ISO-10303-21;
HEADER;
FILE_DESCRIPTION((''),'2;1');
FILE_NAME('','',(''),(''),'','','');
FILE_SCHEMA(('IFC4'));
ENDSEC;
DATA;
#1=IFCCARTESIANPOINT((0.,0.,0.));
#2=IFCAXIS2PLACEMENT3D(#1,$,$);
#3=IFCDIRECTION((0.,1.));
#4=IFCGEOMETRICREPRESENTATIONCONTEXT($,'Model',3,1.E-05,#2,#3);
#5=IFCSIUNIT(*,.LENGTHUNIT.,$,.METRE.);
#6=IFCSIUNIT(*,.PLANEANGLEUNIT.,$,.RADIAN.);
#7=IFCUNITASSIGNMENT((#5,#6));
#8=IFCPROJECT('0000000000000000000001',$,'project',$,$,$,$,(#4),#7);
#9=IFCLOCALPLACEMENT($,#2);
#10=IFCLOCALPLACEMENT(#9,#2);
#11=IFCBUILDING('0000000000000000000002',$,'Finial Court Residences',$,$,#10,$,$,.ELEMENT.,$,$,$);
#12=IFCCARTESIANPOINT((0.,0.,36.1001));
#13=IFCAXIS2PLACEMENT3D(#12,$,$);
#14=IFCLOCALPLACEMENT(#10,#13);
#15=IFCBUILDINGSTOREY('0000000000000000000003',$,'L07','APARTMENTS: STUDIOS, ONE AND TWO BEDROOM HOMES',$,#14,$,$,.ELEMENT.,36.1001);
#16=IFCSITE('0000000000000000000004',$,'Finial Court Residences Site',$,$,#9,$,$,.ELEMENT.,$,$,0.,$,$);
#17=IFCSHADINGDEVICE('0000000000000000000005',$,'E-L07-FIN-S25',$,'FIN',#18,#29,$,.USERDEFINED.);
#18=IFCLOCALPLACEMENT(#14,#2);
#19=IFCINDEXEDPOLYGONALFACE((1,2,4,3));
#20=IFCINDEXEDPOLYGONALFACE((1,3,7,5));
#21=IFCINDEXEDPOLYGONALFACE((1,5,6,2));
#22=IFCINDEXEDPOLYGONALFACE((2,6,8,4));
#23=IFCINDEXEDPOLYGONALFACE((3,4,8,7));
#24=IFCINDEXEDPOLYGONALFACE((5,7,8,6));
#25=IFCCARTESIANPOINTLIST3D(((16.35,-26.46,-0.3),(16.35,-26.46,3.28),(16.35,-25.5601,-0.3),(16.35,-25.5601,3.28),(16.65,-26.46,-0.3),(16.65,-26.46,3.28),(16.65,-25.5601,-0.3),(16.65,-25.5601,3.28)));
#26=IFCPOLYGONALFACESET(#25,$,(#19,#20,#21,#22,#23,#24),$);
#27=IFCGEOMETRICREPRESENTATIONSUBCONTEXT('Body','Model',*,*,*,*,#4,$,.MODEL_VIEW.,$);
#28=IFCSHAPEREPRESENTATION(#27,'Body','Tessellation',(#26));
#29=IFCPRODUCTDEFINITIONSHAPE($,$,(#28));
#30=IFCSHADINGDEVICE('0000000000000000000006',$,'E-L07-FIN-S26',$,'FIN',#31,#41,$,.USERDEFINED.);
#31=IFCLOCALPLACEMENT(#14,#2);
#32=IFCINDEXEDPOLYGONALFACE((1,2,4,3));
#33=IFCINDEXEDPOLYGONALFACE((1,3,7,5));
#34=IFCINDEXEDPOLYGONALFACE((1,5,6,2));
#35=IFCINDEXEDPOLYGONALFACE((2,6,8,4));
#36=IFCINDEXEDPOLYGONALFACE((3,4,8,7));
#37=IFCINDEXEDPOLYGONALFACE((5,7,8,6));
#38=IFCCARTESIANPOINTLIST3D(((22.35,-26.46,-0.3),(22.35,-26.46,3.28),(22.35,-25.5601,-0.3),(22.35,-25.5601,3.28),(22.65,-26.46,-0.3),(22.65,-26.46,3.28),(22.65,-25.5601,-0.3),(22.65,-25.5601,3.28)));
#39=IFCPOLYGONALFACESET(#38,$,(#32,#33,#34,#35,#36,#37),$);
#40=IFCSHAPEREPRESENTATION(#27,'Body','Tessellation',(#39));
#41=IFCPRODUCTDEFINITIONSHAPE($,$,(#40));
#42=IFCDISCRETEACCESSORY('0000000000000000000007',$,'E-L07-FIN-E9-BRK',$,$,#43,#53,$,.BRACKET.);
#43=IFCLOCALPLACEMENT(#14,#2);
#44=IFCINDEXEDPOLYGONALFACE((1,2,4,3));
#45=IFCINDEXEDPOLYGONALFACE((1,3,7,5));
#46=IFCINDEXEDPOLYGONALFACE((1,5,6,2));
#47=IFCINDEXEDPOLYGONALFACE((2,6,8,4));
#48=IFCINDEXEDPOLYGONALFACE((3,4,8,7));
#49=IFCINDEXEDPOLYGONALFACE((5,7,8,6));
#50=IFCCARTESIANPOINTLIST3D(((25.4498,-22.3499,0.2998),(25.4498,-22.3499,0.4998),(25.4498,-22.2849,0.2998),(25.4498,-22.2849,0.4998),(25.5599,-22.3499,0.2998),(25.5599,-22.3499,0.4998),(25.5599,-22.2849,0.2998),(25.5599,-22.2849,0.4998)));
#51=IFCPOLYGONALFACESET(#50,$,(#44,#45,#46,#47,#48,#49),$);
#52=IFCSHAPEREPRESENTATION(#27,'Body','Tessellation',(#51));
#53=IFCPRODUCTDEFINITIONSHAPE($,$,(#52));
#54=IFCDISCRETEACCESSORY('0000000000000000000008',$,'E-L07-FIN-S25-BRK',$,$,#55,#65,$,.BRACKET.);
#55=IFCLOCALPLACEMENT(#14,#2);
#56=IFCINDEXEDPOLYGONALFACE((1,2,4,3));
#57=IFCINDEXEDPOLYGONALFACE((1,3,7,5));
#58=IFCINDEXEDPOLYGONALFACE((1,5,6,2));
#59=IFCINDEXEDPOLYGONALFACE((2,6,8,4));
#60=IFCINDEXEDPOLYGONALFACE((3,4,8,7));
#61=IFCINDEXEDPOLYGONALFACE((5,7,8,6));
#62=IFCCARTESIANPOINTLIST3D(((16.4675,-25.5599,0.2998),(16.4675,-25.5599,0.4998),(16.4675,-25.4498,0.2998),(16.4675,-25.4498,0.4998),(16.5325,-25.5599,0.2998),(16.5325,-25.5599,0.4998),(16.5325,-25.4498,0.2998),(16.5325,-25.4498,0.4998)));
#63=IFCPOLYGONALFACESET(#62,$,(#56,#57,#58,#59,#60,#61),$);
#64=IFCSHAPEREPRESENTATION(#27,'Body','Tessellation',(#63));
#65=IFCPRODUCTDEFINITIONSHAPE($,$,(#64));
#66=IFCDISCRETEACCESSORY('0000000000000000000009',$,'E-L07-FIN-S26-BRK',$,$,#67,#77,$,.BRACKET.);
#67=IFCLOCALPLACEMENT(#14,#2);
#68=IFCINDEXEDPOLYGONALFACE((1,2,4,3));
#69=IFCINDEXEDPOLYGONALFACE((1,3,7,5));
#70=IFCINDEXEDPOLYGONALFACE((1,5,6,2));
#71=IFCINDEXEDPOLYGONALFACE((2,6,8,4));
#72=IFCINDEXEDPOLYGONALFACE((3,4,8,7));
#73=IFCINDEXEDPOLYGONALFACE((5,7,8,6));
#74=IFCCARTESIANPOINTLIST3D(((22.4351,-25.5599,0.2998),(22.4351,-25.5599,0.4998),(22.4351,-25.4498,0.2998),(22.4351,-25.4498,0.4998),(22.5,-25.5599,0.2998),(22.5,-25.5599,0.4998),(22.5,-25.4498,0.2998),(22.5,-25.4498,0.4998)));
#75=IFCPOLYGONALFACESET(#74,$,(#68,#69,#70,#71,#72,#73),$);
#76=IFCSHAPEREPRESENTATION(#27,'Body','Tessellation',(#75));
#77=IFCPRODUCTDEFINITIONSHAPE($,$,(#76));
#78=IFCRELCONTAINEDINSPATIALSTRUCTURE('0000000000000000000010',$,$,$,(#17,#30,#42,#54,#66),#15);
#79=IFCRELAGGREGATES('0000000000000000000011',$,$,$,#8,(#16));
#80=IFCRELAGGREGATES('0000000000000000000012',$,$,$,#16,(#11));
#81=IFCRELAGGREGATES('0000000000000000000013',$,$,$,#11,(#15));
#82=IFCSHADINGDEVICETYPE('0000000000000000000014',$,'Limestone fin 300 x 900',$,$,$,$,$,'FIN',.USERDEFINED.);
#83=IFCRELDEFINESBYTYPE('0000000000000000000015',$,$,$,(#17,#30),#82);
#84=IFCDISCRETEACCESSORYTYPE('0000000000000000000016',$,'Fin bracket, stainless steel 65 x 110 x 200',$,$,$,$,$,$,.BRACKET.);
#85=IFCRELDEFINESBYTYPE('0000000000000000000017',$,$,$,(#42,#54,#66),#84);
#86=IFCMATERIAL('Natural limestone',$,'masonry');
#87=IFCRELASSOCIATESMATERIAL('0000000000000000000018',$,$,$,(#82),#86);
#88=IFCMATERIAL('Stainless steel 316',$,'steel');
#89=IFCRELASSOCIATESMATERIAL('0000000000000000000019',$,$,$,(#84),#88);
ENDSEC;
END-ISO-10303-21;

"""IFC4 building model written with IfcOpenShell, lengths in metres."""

from ifc_helpers import new_model, si_unit, direction, frame, origin, origin_2d, place, context, subcontext, project, spatial, rectangle, extrude, material, type_object, element, save


model = new_model("IFC4")

# Units and contexts
model_context = context("Model", 3, precision=1e-05, world=origin(), true_north=direction((0.0, 1.0)))
body_context = subcontext(model_context, "Body", "Model", "MODEL_VIEW")
ifc_project = project(units=[si_unit("LENGTHUNIT", "METRE"), si_unit("PLANEANGLEUNIT", "RADIAN")], contexts=[model_context])

# Site, building, storey
site_placement = place(None, origin())
site = spatial("IfcSite", under=ifc_project, at=site_placement, Name="Finial Court Residences Site", CompositionType="ELEMENT", RefElevation=0.0)
building_placement = place(site_placement, origin())
building = spatial("IfcBuilding", under=site, at=building_placement, Name="Finial Court Residences", CompositionType="ELEMENT")
storey_placement = place(building_placement, frame((0.0, 0.0, 36.1001)))
storey = spatial("IfcBuildingStorey", under=building, at=storey_placement, Name="L07", Description="APARTMENTS: STUDIOS, ONE AND TWO BEDROOM HOMES", CompositionType="ELEMENT", Elevation=36.1001)

# Shared definitions
ifc_material_1 = material(Name="Natural limestone", Category="masonry")

# Shading devices
shading_device_type = type_object("IfcShadingDeviceType", Name="Limestone fin 300 x 900", ElementType="FIN", PredefinedType="USERDEFINED", material=ifc_material_1)
for number, where, z_axis, x_axis, name in (
    (1, (16.5, -26.01, -0.3), (0.0, 0.0, 1.0), (1.0, 0.0, 0.0), "E-L07-FIN-S25"),
    (2, (22.5, -26.01, -0.3), (0.0, 0.0, 1.0), (1.0, 0.0, 0.0), "E-L07-FIN-S26"),
):
    element("IfcShadingDevice", number, at=place(storey_placement, frame(where, z_axis=z_axis, x_axis=x_axis)), inside=storey, type_object=shading_device_type, Name=name, ObjectType="FIN", PredefinedType="USERDEFINED", context=body_context, shape_type="SweptSolid", body=[
        extrude(rectangle(XDim=0.3, YDim=0.8999, at=origin_2d()), origin(), (0.0, 0.0, 1.0), 3.5801),
    ])

# Discrete accessories
ifc_material_2 = material(Name="Stainless steel 316", Category="steel")
discrete_accessory_type = type_object("IfcDiscreteAccessoryType", Name="Fin bracket, stainless steel 65 x 110 x 200", PredefinedType="BRACKET", material=ifc_material_2)
discrete_accessory_placement = place(storey_placement, frame((25.5049, -22.3174, 0.2998), z_axis=(0.0, 0.0, 1.0), x_axis=(1.0, 0.0, 0.0)))
element("IfcDiscreteAccessory", 3, at=discrete_accessory_placement, inside=storey, type_object=discrete_accessory_type, Name="E-L07-FIN-E9-BRK", PredefinedType="BRACKET", context=body_context, shape_type="SweptSolid", body=[
    extrude(rectangle(XDim=0.1101, YDim=0.0649, at=origin_2d()), origin(), (0.0, 0.0, 1.0), 0.2),
])
for number, where, z_axis, x_axis, name in (
    (4, (16.5, -25.5049, 0.2998), (0.0, 0.0, 1.0), (1.0, 0.0, 0.0), "E-L07-FIN-S25-BRK"),
    (5, (22.4675, -25.5049, 0.2998), (0.0, 0.0, 1.0), (1.0, 0.0, 0.0), "E-L07-FIN-S26-BRK"),
):
    element("IfcDiscreteAccessory", number, at=place(storey_placement, frame(where, z_axis=z_axis, x_axis=x_axis)), inside=storey, type_object=discrete_accessory_type, Name=name, PredefinedType="BRACKET", context=body_context, shape_type="SweptSolid", body=[
        extrude(rectangle(XDim=0.0649, YDim=0.1101, at=origin_2d()), origin(), (0.0, 0.0, 1.0), 0.2),
    ])

save(model, "model.ifc")
